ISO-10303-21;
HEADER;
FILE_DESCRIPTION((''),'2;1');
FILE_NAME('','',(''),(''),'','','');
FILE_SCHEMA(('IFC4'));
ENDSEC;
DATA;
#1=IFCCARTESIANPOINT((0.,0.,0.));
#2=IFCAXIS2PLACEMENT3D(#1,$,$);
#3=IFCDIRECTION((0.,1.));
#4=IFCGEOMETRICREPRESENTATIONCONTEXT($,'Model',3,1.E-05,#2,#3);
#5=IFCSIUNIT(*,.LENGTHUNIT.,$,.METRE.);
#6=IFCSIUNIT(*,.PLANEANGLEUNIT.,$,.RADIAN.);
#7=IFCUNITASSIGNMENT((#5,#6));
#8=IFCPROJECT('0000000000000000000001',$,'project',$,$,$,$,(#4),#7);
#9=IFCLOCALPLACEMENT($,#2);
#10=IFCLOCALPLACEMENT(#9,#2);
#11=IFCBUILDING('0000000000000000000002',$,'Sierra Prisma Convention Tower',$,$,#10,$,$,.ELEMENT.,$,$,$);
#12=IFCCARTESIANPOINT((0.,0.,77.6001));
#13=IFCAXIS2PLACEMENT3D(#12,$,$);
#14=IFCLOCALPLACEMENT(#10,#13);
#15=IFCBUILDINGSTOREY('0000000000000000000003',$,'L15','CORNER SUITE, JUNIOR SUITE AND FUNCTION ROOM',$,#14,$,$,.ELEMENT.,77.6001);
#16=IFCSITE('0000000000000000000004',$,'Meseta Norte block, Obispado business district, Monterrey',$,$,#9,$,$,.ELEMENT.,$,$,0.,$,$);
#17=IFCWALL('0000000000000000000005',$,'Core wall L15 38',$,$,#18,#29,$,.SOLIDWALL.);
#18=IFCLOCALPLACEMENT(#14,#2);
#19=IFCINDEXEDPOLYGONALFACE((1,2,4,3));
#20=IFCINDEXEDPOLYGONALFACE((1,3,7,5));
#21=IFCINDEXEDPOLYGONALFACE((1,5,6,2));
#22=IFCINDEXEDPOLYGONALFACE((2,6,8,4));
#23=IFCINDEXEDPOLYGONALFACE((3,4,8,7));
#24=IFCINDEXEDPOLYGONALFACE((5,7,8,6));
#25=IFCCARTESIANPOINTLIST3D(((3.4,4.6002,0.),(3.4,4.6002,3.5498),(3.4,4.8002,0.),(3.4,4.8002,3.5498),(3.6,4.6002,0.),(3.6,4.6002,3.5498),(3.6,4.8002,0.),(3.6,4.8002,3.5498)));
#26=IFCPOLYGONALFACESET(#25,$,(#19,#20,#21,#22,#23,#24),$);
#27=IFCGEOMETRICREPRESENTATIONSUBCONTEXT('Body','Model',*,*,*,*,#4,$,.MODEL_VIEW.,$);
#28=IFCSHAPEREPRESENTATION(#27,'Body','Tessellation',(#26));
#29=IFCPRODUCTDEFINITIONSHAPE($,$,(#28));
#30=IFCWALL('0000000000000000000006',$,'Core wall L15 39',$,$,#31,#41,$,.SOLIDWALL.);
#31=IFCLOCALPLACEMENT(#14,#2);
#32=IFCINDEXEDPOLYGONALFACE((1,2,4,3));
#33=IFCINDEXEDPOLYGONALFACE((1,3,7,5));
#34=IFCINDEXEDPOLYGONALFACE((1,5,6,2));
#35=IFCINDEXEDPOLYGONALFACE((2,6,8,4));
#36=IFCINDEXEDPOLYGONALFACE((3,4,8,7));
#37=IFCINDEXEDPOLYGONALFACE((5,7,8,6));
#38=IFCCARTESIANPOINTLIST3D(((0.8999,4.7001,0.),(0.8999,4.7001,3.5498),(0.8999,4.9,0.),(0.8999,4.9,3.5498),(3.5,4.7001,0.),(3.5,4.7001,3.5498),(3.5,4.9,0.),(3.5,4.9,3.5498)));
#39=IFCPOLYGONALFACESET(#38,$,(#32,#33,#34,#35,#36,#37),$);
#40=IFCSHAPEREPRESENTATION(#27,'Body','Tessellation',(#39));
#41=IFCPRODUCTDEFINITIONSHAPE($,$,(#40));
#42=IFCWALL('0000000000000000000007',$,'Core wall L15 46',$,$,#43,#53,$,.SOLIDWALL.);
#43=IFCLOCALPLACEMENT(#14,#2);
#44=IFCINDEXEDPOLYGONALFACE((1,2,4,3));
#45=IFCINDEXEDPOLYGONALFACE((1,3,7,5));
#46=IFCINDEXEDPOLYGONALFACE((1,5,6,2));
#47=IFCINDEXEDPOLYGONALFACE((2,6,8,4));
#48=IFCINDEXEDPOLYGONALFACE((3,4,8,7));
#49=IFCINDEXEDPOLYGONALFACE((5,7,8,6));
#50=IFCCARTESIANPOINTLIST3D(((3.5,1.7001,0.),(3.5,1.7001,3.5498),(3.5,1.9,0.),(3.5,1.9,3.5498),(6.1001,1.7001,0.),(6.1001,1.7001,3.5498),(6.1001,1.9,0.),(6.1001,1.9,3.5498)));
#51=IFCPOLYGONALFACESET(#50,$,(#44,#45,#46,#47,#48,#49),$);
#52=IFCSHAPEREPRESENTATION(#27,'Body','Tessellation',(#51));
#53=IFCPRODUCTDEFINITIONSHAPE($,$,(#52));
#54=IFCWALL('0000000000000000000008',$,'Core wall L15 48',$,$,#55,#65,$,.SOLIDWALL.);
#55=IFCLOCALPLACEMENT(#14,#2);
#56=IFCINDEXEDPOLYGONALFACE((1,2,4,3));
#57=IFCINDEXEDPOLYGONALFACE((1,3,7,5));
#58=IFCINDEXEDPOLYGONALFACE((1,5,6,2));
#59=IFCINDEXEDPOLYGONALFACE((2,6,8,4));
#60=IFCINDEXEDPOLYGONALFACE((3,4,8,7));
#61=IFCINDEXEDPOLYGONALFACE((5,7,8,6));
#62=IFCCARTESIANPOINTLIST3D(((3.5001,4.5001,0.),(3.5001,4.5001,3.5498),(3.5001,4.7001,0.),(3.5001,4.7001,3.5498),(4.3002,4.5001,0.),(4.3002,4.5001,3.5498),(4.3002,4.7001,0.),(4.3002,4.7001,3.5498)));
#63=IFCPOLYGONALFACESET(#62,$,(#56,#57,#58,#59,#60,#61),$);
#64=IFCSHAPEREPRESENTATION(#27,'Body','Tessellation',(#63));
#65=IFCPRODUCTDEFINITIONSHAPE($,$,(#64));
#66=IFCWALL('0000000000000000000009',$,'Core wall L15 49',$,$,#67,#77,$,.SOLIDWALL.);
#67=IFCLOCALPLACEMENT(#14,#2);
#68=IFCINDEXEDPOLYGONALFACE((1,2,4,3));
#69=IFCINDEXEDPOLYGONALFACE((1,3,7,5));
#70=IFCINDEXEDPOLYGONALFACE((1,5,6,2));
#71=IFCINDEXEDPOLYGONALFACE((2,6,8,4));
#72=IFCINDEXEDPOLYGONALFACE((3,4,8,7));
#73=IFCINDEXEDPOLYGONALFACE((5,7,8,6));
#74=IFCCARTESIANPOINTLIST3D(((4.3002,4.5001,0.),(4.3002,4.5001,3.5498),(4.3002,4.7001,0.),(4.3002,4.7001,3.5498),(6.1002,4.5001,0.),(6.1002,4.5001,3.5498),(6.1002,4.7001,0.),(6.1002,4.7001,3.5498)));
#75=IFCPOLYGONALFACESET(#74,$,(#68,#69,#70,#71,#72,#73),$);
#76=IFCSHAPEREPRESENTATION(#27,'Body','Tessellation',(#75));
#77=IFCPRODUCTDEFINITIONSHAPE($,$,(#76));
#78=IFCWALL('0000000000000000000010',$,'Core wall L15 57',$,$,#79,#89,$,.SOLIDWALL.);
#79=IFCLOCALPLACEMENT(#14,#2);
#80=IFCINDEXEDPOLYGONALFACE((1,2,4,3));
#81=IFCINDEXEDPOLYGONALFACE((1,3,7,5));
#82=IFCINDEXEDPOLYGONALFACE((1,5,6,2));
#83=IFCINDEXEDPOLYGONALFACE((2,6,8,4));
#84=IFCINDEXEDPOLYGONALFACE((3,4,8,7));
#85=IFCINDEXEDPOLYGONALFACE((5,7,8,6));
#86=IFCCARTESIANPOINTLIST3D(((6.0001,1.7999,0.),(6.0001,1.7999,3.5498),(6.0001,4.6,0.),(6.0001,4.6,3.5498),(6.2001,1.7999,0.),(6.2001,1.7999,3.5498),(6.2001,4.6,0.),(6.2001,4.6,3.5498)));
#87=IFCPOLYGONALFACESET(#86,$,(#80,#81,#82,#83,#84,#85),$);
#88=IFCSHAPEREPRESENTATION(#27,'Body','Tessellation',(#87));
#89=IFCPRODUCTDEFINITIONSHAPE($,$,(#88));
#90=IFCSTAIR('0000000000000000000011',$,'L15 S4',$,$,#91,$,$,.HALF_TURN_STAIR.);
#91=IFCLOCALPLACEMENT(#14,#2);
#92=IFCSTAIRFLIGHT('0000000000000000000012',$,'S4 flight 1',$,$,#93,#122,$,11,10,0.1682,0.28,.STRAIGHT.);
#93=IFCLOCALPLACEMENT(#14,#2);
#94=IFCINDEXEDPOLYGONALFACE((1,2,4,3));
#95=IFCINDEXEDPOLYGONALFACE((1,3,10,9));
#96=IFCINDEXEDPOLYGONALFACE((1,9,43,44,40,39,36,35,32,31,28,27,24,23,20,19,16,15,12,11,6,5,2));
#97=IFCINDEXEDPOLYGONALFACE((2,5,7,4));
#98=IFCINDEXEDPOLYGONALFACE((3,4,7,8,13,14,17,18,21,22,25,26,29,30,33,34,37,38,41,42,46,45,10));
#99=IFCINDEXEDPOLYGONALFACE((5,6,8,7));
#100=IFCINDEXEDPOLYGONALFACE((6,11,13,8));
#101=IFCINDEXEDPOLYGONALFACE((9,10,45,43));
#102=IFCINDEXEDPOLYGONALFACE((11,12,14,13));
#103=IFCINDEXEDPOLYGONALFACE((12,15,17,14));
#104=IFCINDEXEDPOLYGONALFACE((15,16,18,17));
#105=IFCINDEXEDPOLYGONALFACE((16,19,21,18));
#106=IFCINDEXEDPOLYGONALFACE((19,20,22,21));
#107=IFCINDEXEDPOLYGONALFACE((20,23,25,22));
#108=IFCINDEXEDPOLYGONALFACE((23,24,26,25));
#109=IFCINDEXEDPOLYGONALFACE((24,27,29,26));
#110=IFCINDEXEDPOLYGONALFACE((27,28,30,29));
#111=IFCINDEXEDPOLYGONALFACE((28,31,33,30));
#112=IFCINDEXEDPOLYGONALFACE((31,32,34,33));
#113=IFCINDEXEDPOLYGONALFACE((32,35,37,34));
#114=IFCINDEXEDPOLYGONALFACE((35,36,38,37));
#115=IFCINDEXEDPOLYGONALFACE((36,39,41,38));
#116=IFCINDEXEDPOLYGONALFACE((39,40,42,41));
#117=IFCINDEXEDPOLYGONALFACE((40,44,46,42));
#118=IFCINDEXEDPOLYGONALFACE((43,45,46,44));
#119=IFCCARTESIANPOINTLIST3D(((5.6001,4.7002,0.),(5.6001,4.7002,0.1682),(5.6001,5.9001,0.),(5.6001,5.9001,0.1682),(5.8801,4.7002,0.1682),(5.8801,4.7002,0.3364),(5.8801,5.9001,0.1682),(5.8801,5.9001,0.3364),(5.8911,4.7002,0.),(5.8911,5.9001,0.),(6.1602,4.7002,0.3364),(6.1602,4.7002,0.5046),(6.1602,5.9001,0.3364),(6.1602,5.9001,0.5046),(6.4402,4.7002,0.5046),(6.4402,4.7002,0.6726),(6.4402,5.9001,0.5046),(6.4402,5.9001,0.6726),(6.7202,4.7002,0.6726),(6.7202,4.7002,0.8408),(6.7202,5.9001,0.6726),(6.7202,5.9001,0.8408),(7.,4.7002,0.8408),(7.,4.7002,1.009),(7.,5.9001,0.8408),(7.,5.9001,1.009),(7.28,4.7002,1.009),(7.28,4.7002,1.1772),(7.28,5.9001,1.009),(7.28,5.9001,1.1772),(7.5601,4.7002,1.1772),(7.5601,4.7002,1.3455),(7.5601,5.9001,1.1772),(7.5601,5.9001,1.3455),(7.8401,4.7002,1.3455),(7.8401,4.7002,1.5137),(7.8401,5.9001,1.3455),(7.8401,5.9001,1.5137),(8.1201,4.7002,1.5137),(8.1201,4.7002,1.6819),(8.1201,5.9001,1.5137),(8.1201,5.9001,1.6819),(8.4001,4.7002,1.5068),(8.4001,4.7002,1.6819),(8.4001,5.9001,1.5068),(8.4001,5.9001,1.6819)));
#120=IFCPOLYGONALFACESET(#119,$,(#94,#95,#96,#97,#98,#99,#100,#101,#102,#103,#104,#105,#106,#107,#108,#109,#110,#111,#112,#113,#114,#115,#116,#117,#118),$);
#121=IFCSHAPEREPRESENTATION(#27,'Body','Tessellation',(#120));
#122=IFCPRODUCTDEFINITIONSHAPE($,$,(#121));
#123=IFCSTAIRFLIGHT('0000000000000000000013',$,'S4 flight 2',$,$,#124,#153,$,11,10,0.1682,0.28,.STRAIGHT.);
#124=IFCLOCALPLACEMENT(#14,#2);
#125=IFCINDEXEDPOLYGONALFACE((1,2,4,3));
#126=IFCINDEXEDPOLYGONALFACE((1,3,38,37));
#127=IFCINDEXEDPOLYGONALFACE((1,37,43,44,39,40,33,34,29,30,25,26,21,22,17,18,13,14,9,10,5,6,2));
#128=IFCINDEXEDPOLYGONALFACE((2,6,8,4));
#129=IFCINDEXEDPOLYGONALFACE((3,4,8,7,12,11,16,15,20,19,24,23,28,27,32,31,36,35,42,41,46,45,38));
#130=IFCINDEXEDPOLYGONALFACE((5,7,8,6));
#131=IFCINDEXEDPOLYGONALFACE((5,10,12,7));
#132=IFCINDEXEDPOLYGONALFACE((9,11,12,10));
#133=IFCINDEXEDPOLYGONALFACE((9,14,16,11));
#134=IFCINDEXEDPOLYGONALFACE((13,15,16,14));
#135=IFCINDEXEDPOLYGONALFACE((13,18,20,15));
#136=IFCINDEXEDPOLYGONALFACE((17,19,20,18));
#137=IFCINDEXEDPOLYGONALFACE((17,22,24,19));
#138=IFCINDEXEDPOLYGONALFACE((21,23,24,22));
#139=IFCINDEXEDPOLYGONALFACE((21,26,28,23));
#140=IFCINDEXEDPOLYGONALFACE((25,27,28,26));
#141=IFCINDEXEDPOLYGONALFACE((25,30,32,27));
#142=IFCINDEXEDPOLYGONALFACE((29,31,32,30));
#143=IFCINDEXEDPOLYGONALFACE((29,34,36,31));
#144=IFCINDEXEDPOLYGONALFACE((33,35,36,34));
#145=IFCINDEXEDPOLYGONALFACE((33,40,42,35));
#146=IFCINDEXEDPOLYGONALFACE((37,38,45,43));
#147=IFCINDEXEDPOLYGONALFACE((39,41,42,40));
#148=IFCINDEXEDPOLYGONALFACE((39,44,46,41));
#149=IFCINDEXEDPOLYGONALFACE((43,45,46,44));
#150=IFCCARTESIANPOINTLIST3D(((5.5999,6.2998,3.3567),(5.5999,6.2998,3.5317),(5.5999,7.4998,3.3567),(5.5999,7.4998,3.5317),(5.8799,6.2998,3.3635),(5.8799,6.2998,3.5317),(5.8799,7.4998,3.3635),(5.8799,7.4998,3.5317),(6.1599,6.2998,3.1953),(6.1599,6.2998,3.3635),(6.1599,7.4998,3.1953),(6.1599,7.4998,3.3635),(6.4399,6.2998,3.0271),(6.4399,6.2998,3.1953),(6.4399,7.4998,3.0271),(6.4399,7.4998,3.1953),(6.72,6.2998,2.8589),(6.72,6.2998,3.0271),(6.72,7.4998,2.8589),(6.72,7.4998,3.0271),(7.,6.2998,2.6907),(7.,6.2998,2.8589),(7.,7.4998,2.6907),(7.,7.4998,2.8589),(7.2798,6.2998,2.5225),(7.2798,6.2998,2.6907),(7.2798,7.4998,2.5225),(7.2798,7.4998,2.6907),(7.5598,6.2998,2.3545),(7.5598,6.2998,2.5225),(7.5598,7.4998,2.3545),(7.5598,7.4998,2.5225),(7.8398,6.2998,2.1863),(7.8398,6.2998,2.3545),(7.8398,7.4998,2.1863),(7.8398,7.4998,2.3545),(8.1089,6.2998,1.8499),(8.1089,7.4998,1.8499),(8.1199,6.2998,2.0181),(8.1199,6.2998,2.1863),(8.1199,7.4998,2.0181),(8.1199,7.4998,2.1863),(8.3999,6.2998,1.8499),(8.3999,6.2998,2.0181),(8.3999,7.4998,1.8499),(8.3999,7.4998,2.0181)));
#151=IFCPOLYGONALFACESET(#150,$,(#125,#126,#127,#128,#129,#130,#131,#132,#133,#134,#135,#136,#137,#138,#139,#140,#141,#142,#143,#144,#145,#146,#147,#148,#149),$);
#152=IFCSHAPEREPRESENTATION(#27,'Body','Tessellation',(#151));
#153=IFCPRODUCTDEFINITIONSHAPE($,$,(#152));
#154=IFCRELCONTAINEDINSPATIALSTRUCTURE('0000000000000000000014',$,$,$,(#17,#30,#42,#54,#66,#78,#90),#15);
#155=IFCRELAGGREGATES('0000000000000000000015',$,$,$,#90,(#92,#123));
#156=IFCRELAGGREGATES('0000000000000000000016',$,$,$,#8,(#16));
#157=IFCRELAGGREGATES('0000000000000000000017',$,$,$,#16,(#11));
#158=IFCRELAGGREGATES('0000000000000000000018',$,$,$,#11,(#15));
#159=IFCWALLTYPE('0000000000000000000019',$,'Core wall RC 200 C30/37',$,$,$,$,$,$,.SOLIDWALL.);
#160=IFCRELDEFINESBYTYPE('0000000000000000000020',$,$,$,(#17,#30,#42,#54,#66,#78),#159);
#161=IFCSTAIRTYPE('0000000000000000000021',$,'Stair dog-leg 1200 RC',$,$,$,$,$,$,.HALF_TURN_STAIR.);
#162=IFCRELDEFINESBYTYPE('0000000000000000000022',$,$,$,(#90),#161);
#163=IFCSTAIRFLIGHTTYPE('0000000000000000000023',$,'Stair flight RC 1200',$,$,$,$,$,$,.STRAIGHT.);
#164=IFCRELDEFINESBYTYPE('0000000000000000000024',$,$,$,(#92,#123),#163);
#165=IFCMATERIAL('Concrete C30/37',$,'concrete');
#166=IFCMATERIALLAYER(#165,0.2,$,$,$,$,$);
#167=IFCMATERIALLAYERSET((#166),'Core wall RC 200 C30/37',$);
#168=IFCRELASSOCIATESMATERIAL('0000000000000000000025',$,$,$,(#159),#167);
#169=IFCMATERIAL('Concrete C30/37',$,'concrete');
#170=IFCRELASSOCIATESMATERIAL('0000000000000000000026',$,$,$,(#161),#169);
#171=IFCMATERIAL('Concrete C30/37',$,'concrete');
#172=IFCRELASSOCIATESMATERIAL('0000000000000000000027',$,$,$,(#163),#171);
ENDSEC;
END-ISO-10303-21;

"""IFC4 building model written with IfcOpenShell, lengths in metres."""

from ifc_helpers import new_model, si_unit, direction, frame, frame_2d, origin, place, context, subcontext, project, spatial, polyline, rectangle, outline, extrude, material, layer, layer_set, type_object, element, aggregate, save


model = new_model("IFC4")

# Units and contexts
model_context = context("Model", 3, precision=1e-05, world=origin(), true_north=direction((0.0, 1.0)))
body_context = subcontext(model_context, "Body", "Model", "MODEL_VIEW")
ifc_project = project(units=[si_unit("LENGTHUNIT", "METRE"), si_unit("PLANEANGLEUNIT", "RADIAN")], contexts=[model_context])

# Site, building, storey
site_placement = place(None, origin())
site = spatial("IfcSite", under=ifc_project, at=site_placement, Name="Meseta Norte block, Obispado business district, Monterrey", CompositionType="ELEMENT", RefElevation=0.0)
building_placement = place(site_placement, origin())
building = spatial("IfcBuilding", under=site, at=building_placement, Name="Sierra Prisma Convention Tower", CompositionType="ELEMENT")
storey_placement = place(building_placement, frame((0.0, 0.0, 77.6001)))
storey = spatial("IfcBuildingStorey", under=building, at=storey_placement, Name="L15", Description="CORNER SUITE, JUNIOR SUITE AND FUNCTION ROOM", CompositionType="ELEMENT", Elevation=77.6001)

# Walls
ifc_material_1 = material(Name="Concrete C30/37", Category="concrete")
ifc_layer = layer(ifc_material_1, 0.2)
ifc_layer_set = layer_set([ifc_layer], Name="Core wall RC 200 C30/37")
wall_type = type_object("IfcWallType", Name="Core wall RC 200 C30/37", PredefinedType="SOLIDWALL", material=ifc_layer_set)
wall_1_placement = place(storey_placement, frame((3.5, 4.6001, 0.0), z_axis=(0.0, 0.0, 1.0), x_axis=(0.0, 1.0, 0.0)))
element("IfcWall", 1, at=wall_1_placement, inside=storey, type_object=wall_type, Name="Core wall L15 38", PredefinedType="SOLIDWALL", context=body_context, shape_type="SweptSolid", body=[
    extrude(rectangle(XDim=0.2, YDim=0.2, at=frame_2d((0.1001, 0.0))), origin(), (0.0, 0.0, 1.0), 3.5498),
])
wall_2_placement = place(storey_placement, frame((3.5, 4.8, 0.0), z_axis=(0.0, 0.0, 1.0), x_axis=(-1.0, 0.0, 0.0)))
element("IfcWall", 2, at=wall_2_placement, inside=storey, type_object=wall_type, Name="Core wall L15 39", PredefinedType="SOLIDWALL", context=body_context, shape_type="SweptSolid", body=[
    extrude(rectangle(XDim=2.6001, YDim=0.2, at=frame_2d((1.3, 0.0))), origin(), (0.0, 0.0, 1.0), 3.5498),
])

# Walls
wall_3_placement = place(storey_placement, frame((6.1001, 1.8, 0.0), z_axis=(0.0, 0.0, 1.0), x_axis=(-1.0, 0.0, 0.0)))
element("IfcWall", 3, at=wall_3_placement, inside=storey, type_object=wall_type, Name="Core wall L15 46", PredefinedType="SOLIDWALL", context=body_context, shape_type="SweptSolid", body=[
    extrude(rectangle(XDim=2.6001, YDim=0.2, at=frame_2d((1.3, 0.0))), origin(), (0.0, 0.0, 1.0), 3.5498),
])
wall_4_placement = place(storey_placement, frame((4.3, 4.6001, 0.0), z_axis=(0.0, 0.0, 1.0), x_axis=(-1.0, 0.0, 0.0)))
element("IfcWall", 4, at=wall_4_placement, inside=storey, type_object=wall_type, Name="Core wall L15 48", PredefinedType="SOLIDWALL", context=body_context, shape_type="SweptSolid", body=[
    extrude(rectangle(XDim=0.8, YDim=0.2, at=frame_2d((0.3999, 0.0))), origin(), (0.0, 0.0, 1.0), 3.5498),
])
wall_5_placement = place(storey_placement, frame((6.1001, 4.6001, 0.0), z_axis=(0.0, 0.0, 1.0), x_axis=(-1.0, 0.0, 0.0)))
element("IfcWall", 5, at=wall_5_placement, inside=storey, type_object=wall_type, Name="Core wall L15 49", PredefinedType="SOLIDWALL", context=body_context, shape_type="SweptSolid", body=[
    extrude(rectangle(XDim=1.8, YDim=0.2, at=frame_2d((0.8999, 0.0))), origin(), (0.0, 0.0, 1.0), 3.5498),
])

# Wall
wall_6_placement = place(storey_placement, frame((6.1001, 1.8, 0.0), z_axis=(0.0, 0.0, 1.0), x_axis=(0.0, 1.0, 0.0)))
element("IfcWall", 6, at=wall_6_placement, inside=storey, type_object=wall_type, Name="Core wall L15 57", PredefinedType="SOLIDWALL", context=body_context, shape_type="SweptSolid", body=[
    extrude(rectangle(XDim=2.8, YDim=0.2, at=frame_2d((1.3999, 0.0))), origin(), (0.0, 0.0, 1.0), 3.5498),
])

# Stair, stair flights
ifc_material_2 = material(Name="Concrete C30/37", Category="concrete")
stair_type = type_object("IfcStairType", Name="Stair dog-leg 1200 RC", PredefinedType="HALF_TURN_STAIR", material=ifc_material_2)
stair_placement = place(storey_placement, origin())
stair = element("IfcStair", 7, at=stair_placement, inside=storey, type_object=stair_type, Name="L15 S4", PredefinedType="HALF_TURN_STAIR")
ifc_material_3 = material(Name="Concrete C30/37", Category="concrete")
stair_flight_type = type_object("IfcStairFlightType", Name="Stair flight RC 1200", PredefinedType="STRAIGHT", material=ifc_material_3)
stair_flight_1_placement = place(storey_placement, frame((5.6001, 5.3, 0.0), z_axis=(0.0, 0.0, 1.0), x_axis=(1.0, 0.0, 0.0)))
stair_flight_1 = element("IfcStairFlight", 8, at=stair_flight_1_placement, type_object=stair_flight_type, Name="S4 flight 1", NumberOfRisers=11, NumberOfTreads=10, PredefinedType="STRAIGHT", RiserHeight=0.1682, TreadLength=0.28, context=body_context, shape_type="SweptSolid", body=[
    extrude(outline(polyline([(0.0, 0.0), (0.0, 0.1682), (0.28, 0.1682), (0.28, 0.3364), (0.5601, 0.3364), (0.5601, 0.5046), (0.8401, 0.5046), (0.8401, 0.6726), (1.1201, 0.6726), (1.1201, 0.8408), (1.3999, 0.8408), (1.3999, 1.009), (1.6799, 1.009), (1.6799, 1.1772), (1.96, 1.1772), (1.96, 1.3455), (2.24, 1.3455), (2.24, 1.5137), (2.52, 1.5137), (2.52, 1.6819), (2.8, 1.6819), (2.8, 1.8501), (2.8, 1.5068), (0.291, 0.0), (0.0, 0.0)])), frame((0.0, 0.6001, 0.0), z_axis=(0.0, -1.0, 0.0), x_axis=(1.0, 0.0, 0.0)), (0.0, 0.0, 1.0), 1.2),
])
stair_flight_2_placement = place(storey_placement, frame((8.3999, 6.8999, 1.8499), z_axis=(0.0, 0.0, 1.0), x_axis=(-1.0, 0.0, 0.0)))
stair_flight_2 = element("IfcStairFlight", 9, at=stair_flight_2_placement, type_object=stair_flight_type, Name="S4 flight 2", NumberOfRisers=11, NumberOfTreads=10, PredefinedType="STRAIGHT", RiserHeight=0.1682, TreadLength=0.28, context=body_context, shape_type="SweptSolid", body=[
    extrude(outline(polyline([(0.0, 0.0), (0.0, 0.1682), (0.28, 0.1682), (0.28, 0.3364), (0.5601, 0.3364), (0.5601, 0.5046), (0.8401, 0.5046), (0.8401, 0.6726), (1.1201, 0.6726), (1.1201, 0.8408), (1.3999, 0.8408), (1.3999, 1.009), (1.6799, 1.009), (1.6799, 1.1772), (1.96, 1.1772), (1.96, 1.3455), (2.24, 1.3455), (2.24, 1.5137), (2.52, 1.5137), (2.52, 1.6819), (2.8, 1.6819), (2.8, 1.8501), (2.8, 1.5068), (0.291, 0.0), (0.0, 0.0)])), frame((0.0, 0.6001, 0.0), z_axis=(0.0, -1.0, 0.0), x_axis=(1.0, 0.0, 0.0)), (0.0, 0.0, 1.0), 1.2),
])
aggregate(stair, [stair_flight_1, stair_flight_2])

save(model, "model.ifc")
